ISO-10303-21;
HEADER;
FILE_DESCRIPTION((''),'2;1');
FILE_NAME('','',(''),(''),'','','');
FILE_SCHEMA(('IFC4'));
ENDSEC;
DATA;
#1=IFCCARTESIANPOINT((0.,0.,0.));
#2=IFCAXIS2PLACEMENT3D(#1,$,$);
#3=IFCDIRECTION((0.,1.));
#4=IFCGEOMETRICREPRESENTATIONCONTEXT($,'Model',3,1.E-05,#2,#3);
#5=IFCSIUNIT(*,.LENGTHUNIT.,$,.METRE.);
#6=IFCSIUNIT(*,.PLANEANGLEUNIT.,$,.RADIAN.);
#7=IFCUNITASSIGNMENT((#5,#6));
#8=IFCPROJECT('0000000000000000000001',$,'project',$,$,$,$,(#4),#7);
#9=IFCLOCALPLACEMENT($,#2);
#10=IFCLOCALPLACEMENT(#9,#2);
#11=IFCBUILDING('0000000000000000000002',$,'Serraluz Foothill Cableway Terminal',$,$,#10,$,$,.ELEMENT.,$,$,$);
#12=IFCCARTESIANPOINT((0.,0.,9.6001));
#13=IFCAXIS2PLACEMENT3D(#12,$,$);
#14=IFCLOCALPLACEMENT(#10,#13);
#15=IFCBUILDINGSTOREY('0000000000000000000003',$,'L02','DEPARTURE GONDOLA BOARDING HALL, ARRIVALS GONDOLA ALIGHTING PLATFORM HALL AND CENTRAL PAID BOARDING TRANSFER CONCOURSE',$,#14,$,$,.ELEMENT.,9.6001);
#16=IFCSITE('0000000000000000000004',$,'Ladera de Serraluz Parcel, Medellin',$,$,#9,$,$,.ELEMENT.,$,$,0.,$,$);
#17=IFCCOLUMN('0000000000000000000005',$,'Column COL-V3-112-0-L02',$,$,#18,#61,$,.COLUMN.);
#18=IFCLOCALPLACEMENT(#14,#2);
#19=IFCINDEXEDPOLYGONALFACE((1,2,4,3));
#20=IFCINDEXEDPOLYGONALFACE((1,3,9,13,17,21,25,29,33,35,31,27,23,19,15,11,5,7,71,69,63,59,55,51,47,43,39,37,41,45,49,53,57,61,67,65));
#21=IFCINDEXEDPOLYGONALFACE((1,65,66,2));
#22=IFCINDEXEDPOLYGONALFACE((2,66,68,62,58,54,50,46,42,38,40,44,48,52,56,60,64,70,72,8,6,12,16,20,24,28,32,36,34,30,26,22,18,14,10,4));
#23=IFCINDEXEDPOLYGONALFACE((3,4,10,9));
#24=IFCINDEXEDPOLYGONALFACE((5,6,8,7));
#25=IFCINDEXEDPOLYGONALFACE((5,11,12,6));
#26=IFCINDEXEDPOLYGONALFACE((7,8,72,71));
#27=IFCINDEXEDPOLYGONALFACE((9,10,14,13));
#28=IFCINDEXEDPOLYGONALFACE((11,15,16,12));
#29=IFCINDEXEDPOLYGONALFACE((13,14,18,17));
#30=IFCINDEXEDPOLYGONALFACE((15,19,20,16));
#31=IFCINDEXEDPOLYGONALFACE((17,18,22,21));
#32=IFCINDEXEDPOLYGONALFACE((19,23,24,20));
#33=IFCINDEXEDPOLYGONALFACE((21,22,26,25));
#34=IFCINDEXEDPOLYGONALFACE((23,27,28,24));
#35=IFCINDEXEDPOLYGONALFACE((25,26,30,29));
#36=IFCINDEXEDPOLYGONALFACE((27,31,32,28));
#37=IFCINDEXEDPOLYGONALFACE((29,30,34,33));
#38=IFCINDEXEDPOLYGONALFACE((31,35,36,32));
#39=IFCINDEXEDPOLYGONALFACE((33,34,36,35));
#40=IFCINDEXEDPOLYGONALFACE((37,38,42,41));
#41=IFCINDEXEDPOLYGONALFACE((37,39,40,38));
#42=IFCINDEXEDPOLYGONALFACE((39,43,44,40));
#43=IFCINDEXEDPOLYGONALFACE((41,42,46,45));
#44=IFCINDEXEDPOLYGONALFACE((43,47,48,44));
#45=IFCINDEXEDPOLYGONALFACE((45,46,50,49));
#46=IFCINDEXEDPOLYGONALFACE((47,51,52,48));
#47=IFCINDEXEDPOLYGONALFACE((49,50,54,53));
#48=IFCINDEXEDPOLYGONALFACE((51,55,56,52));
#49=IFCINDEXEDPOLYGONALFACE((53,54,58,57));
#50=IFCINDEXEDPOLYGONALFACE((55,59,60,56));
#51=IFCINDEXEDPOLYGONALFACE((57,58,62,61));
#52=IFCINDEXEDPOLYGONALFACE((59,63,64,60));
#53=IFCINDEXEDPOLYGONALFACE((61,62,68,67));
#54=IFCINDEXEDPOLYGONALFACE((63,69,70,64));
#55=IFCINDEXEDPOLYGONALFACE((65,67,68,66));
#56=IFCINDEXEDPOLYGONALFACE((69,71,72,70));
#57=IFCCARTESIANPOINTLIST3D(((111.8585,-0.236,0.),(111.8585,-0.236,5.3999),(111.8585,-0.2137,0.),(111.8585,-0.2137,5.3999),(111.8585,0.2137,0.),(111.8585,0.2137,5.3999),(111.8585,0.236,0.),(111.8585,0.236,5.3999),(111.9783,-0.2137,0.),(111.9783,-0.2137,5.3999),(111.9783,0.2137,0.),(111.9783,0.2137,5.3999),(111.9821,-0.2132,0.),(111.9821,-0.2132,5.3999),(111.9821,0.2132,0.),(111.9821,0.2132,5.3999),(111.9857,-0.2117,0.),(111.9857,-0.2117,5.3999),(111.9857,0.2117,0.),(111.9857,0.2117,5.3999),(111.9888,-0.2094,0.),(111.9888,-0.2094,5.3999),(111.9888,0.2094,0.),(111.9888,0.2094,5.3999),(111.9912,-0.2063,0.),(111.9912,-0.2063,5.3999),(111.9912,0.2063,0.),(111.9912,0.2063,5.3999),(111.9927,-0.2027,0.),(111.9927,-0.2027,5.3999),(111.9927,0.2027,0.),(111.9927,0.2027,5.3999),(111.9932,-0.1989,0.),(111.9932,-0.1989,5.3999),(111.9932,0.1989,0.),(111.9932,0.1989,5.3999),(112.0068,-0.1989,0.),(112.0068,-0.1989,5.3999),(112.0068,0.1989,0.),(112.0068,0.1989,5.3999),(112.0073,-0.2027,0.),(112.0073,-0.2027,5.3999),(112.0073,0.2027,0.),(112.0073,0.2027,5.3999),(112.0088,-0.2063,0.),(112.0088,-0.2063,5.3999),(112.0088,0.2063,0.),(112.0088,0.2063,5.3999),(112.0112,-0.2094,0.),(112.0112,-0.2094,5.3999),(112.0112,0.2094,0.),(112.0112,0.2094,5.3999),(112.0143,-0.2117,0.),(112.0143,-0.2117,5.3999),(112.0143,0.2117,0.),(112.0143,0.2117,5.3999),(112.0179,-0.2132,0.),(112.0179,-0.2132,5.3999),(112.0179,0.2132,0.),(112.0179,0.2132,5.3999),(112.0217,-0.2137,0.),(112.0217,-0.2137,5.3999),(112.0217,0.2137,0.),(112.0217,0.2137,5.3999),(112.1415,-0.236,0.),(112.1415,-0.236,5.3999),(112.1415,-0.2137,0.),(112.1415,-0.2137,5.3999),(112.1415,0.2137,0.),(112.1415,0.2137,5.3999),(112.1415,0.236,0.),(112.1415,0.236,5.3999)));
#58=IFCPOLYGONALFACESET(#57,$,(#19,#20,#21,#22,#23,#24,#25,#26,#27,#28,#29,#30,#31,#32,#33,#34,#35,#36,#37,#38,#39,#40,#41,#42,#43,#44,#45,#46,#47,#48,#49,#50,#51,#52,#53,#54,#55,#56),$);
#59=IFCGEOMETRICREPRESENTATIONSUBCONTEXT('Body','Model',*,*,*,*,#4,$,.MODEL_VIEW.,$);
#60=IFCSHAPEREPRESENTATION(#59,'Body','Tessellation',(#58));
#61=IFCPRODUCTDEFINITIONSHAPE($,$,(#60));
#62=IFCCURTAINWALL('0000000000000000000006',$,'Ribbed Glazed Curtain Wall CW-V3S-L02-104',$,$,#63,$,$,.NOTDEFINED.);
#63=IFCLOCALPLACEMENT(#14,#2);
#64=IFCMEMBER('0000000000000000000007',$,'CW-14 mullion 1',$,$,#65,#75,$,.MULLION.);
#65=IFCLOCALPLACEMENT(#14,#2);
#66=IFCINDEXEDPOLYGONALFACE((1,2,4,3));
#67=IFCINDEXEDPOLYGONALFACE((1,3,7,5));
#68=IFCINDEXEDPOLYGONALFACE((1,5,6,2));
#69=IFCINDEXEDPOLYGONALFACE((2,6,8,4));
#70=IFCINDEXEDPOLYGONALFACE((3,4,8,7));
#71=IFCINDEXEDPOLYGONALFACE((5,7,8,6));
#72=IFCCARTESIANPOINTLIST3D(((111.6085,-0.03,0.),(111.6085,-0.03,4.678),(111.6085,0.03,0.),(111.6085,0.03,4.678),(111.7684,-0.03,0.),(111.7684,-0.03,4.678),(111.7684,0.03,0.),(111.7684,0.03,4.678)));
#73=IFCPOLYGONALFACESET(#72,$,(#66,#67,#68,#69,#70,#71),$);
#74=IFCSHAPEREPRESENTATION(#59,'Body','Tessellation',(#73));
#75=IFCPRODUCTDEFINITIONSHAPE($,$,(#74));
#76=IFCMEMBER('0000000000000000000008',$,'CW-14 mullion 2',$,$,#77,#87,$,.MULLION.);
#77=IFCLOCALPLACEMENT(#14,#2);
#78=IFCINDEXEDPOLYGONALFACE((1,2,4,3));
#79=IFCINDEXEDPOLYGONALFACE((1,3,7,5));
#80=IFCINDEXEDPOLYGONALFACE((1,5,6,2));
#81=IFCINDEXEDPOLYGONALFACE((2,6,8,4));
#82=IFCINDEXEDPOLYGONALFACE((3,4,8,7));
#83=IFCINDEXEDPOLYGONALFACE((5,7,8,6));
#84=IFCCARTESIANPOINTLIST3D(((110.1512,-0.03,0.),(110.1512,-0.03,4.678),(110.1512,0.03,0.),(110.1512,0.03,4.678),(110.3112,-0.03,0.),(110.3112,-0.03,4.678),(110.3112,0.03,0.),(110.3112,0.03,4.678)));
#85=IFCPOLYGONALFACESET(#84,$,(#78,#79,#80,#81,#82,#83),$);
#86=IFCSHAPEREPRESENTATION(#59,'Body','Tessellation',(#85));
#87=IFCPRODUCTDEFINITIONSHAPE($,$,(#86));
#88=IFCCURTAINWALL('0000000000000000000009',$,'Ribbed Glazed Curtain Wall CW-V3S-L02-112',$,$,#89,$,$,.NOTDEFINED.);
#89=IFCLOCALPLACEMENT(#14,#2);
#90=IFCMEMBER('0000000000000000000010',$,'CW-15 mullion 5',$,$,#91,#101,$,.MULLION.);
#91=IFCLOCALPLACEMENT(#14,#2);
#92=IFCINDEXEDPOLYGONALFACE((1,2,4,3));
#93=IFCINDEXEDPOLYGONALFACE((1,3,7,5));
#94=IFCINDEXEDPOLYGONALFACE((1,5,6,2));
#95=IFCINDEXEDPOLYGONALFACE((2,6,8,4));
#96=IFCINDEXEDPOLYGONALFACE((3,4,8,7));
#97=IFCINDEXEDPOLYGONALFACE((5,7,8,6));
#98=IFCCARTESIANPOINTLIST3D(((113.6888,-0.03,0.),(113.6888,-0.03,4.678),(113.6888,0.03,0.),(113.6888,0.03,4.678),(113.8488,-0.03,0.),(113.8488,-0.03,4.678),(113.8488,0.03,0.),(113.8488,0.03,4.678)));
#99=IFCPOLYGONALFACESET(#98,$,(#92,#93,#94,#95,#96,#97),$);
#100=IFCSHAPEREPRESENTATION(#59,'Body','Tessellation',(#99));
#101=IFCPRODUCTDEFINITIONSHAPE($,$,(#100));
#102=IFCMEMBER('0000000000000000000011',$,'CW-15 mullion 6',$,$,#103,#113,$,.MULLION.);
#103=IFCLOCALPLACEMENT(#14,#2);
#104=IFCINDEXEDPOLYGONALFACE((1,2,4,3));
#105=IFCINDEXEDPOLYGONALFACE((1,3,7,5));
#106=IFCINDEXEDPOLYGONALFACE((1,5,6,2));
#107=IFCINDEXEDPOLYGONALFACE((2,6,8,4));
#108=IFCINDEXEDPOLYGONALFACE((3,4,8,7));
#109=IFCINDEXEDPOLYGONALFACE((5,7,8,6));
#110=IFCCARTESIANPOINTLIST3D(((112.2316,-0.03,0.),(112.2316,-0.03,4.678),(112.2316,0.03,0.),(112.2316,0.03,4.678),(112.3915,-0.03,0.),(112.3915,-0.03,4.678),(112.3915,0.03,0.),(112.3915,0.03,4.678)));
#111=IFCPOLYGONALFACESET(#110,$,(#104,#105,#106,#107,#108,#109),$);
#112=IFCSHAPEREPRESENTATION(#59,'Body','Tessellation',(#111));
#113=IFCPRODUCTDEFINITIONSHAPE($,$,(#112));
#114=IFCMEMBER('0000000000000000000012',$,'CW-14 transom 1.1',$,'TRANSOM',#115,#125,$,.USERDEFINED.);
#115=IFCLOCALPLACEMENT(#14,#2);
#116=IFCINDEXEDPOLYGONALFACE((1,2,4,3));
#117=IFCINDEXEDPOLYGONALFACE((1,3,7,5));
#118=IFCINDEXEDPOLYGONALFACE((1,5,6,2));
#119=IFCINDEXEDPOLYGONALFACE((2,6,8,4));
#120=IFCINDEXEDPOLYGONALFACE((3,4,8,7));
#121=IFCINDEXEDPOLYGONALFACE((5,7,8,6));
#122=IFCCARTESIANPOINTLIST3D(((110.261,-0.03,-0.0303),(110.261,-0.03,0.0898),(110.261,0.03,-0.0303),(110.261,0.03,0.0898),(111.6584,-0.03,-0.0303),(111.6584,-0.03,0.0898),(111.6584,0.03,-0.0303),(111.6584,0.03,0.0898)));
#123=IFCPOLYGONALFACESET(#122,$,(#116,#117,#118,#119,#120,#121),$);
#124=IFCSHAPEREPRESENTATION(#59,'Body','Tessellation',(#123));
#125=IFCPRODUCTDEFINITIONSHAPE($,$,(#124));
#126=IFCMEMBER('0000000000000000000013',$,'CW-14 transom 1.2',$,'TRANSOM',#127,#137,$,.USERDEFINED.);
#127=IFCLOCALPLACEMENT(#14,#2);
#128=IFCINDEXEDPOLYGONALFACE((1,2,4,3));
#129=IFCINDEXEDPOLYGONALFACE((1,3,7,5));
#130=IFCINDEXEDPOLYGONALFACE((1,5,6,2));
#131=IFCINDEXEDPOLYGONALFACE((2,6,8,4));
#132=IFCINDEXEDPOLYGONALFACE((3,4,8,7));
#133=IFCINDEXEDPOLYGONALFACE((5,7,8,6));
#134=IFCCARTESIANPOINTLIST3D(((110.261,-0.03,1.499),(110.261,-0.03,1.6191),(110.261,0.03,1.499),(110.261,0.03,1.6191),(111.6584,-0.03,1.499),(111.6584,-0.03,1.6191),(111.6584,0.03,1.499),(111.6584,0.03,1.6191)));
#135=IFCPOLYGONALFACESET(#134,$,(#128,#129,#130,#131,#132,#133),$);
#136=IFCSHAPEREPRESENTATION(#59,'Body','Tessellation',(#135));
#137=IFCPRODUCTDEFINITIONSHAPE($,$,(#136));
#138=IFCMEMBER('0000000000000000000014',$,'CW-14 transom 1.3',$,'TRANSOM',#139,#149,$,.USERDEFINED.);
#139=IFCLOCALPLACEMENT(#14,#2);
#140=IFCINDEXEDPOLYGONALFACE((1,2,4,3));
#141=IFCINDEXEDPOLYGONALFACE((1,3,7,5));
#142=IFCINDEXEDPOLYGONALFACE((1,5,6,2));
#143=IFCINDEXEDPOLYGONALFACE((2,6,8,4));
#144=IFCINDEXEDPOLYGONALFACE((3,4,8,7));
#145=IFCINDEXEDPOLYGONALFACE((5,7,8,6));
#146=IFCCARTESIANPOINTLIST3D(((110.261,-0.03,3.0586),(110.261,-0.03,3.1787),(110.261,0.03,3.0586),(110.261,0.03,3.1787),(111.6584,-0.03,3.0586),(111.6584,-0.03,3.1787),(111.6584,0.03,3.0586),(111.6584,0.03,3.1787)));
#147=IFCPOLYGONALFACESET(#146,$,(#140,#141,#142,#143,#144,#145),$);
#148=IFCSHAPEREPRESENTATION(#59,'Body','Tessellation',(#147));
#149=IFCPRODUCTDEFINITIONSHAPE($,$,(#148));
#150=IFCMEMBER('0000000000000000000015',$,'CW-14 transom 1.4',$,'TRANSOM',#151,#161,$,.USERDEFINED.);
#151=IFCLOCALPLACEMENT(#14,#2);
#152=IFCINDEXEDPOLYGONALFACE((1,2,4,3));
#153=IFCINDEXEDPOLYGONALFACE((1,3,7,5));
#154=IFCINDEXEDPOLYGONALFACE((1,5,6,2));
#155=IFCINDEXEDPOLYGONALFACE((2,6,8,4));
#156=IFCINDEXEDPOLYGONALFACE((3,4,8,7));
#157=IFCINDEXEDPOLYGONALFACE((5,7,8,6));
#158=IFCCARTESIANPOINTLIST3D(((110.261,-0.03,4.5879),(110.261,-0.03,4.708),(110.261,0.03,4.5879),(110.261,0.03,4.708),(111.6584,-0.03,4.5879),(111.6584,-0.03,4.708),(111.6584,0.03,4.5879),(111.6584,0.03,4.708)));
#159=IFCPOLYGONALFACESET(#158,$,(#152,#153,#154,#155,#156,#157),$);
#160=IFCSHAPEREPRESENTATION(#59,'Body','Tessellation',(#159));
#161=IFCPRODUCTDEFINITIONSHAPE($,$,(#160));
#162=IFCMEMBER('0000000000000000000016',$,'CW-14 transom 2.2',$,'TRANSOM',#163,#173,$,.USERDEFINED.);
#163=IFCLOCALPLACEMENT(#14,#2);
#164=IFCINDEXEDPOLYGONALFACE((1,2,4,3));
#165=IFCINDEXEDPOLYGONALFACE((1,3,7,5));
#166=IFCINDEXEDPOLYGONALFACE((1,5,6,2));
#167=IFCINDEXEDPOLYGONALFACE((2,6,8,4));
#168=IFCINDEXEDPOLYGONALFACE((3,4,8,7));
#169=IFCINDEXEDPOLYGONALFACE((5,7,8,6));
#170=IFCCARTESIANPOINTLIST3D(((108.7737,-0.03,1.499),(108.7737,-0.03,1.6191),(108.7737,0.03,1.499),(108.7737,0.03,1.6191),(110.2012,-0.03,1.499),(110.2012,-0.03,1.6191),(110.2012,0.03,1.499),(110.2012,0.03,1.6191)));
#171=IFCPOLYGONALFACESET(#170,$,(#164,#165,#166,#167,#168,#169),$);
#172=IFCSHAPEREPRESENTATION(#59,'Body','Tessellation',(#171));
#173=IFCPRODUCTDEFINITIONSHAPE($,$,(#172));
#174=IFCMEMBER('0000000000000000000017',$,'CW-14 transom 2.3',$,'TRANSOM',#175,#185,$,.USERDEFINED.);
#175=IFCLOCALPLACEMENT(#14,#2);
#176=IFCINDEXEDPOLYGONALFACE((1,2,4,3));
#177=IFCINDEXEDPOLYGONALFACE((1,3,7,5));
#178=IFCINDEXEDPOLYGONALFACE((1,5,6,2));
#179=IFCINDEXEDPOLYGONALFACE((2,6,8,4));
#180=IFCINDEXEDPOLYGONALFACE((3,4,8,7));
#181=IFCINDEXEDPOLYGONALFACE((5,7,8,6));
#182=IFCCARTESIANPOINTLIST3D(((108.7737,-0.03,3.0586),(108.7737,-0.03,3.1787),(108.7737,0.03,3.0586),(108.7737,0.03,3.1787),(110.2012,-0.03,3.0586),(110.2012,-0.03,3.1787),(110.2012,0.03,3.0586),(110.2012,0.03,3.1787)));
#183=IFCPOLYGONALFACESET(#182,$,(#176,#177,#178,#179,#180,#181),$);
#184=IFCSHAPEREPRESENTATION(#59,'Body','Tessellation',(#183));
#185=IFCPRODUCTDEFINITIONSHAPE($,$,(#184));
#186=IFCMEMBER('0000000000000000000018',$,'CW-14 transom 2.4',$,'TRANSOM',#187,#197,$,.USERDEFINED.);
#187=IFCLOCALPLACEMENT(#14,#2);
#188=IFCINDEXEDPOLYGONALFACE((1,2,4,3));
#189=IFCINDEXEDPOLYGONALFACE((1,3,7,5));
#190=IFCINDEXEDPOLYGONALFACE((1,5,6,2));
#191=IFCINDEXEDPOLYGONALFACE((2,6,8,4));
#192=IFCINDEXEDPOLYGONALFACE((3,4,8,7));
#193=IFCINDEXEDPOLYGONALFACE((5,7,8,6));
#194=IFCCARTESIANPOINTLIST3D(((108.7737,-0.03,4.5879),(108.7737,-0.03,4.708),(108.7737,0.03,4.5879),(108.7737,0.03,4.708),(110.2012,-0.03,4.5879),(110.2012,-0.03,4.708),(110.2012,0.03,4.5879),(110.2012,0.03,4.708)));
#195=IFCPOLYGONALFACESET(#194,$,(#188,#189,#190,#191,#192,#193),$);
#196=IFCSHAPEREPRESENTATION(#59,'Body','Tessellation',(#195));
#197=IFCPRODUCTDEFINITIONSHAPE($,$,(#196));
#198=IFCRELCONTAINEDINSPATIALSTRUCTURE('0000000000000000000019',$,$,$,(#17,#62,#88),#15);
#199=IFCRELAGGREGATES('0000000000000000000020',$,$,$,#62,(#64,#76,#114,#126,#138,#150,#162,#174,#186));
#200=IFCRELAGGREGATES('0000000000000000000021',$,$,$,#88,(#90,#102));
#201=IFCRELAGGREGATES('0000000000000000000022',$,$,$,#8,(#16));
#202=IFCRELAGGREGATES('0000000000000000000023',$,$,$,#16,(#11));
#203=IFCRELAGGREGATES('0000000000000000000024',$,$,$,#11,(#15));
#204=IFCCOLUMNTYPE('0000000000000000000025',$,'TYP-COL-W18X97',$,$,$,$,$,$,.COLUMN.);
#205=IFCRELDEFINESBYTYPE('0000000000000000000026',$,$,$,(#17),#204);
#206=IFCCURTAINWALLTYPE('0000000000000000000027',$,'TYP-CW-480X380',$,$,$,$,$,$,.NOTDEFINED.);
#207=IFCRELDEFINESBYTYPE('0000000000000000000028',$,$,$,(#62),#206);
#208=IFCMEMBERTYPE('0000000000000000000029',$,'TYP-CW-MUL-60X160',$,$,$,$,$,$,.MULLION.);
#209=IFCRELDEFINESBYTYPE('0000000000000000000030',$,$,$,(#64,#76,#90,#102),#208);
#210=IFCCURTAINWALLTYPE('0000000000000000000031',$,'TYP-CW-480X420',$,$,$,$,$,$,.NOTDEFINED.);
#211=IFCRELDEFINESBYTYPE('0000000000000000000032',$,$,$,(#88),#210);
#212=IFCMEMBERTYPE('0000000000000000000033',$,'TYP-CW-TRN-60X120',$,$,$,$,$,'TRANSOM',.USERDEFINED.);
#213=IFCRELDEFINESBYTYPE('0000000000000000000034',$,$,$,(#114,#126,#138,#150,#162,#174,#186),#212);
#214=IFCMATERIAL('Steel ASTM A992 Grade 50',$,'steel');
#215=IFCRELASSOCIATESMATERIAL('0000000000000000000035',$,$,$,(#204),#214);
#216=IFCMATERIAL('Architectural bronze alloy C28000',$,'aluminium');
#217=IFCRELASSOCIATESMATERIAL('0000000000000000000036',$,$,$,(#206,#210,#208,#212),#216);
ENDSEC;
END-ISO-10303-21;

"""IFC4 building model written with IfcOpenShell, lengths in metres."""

from ifc_helpers import new_model, si_unit, direction, frame, origin, origin_2d, place, context, subcontext, project, spatial, rectangle, i_section, extrude, material, material_profile, profile_set, type_object, element, aggregate, save


model = new_model("IFC4")

# Units and contexts
model_context = context("Model", 3, precision=1e-05, world=origin(), true_north=direction((0.0, 1.0)))
body_context = subcontext(model_context, "Body", "Model", "MODEL_VIEW")
ifc_project = project(units=[si_unit("LENGTHUNIT", "METRE"), si_unit("PLANEANGLEUNIT", "RADIAN")], contexts=[model_context])

# Site, building, storey
site_placement = place(None, origin())
site = spatial("IfcSite", under=ifc_project, at=site_placement, Name="Ladera de Serraluz Parcel, Medellin", CompositionType="ELEMENT", RefElevation=0.0)
building_placement = place(site_placement, origin())
building = spatial("IfcBuilding", under=site, at=building_placement, Name="Serraluz Foothill Cableway Terminal", CompositionType="ELEMENT")
storey_placement = place(building_placement, frame((0.0, 0.0, 9.6001)))
storey = spatial("IfcBuildingStorey", under=building, at=storey_placement, Name="L02", Description="DEPARTURE GONDOLA BOARDING HALL, ARRIVALS GONDOLA ALIGHTING PLATFORM HALL AND CENTRAL PAID BOARDING TRANSFER CONCOURSE", CompositionType="ELEMENT", Elevation=9.6001)

# Column
ifc_material_1 = material(Name="Steel ASTM A992 Grade 50", Category="steel")
ifc_material_profile_1 = material_profile(ifc_material_1, i_section(OverallWidth=0.283, OverallDepth=0.4719, WebThickness=0.0137, FlangeThickness=0.0222, FilletRadius=0.0149, at=origin_2d()), Name="W18X97")
ifc_profile_set_1 = profile_set([ifc_material_profile_1], Name="Steel ASTM A992 Grade 50")
column_type = type_object("IfcColumnType", Name="TYP-COL-W18X97", PredefinedType="COLUMN", material=ifc_profile_set_1)
column_placement = place(storey_placement, frame((112.0, 0.0, 0.0), z_axis=(0.0, 0.0, 1.0), x_axis=(1.0, 0.0, 0.0)))
element("IfcColumn", 1, at=column_placement, inside=storey, type_object=column_type, Name="Column COL-V3-112-0-L02", PredefinedType="COLUMN", context=body_context, shape_type="SweptSolid", body=[
    extrude(i_section(OverallWidth=0.283, OverallDepth=0.4719, WebThickness=0.0137, FlangeThickness=0.0222, FilletRadius=0.0149, at=origin_2d()), origin(), (0.0, 0.0, 1.0), 5.3999),
])

# Curtain walls, members
ifc_material_2 = material(Name="Architectural bronze alloy C28000", Category="aluminium")
curtain_wall_type_1 = type_object("IfcCurtainWallType", Name="TYP-CW-480X380", PredefinedType="NOTDEFINED", material=ifc_material_2)
curtain_wall_1_placement = place(storey_placement, origin())
curtain_wall_1 = element("IfcCurtainWall", 2, at=curtain_wall_1_placement, inside=storey, type_object=curtain_wall_type_1, Name="Ribbed Glazed Curtain Wall CW-V3S-L02-104", PredefinedType="NOTDEFINED")
ifc_material_profile_2 = material_profile(ifc_material_2, rectangle(XDim=0.0601, YDim=0.1599, at=origin_2d()), Name="ALU MULLION 60x160")
ifc_profile_set_2 = profile_set([ifc_material_profile_2], Name="Architectural bronze alloy C28000")
member_type_1 = type_object("IfcMemberType", Name="TYP-CW-MUL-60X160", PredefinedType="MULLION", material=ifc_profile_set_2)
member_1_placement = place(storey_placement, frame((111.6885, 0.0, 0.0), z_axis=(0.0, 0.0, 1.0), x_axis=(0.0, -1.0, 0.0)))
member_1 = element("IfcMember", 3, at=member_1_placement, type_object=member_type_1, Name="CW-14 mullion 1", PredefinedType="MULLION", context=body_context, shape_type="SweptSolid", body=[
    extrude(rectangle(XDim=0.0601, YDim=0.1599, at=origin_2d()), origin(), (0.0, 0.0, 1.0), 4.678),
])
member_2_placement = place(storey_placement, frame((110.2312, 0.0, 0.0), z_axis=(0.0, 0.0, 1.0), x_axis=(0.0, -1.0, 0.0)))
member_2 = element("IfcMember", 4, at=member_2_placement, type_object=member_type_1, Name="CW-14 mullion 2", PredefinedType="MULLION", context=body_context, shape_type="SweptSolid", body=[
    extrude(rectangle(XDim=0.0601, YDim=0.1599, at=origin_2d()), origin(), (0.0, 0.0, 1.0), 4.678),
])
curtain_wall_type_2 = type_object("IfcCurtainWallType", Name="TYP-CW-480X420", PredefinedType="NOTDEFINED", material=ifc_material_2)
curtain_wall_2_placement = place(storey_placement, origin())
curtain_wall_2 = element("IfcCurtainWall", 5, at=curtain_wall_2_placement, inside=storey, type_object=curtain_wall_type_2, Name="Ribbed Glazed Curtain Wall CW-V3S-L02-112", PredefinedType="NOTDEFINED")
member_3_placement = place(storey_placement, frame((113.7688, 0.0, 0.0), z_axis=(0.0, 0.0, 1.0), x_axis=(0.0, -1.0, 0.0)))
member_3 = element("IfcMember", 6, at=member_3_placement, type_object=member_type_1, Name="CW-15 mullion 5", PredefinedType="MULLION", context=body_context, shape_type="SweptSolid", body=[
    extrude(rectangle(XDim=0.0601, YDim=0.1599, at=origin_2d()), origin(), (0.0, 0.0, 1.0), 4.678),
])
member_4_placement = place(storey_placement, frame((112.3115, 0.0, 0.0), z_axis=(0.0, 0.0, 1.0), x_axis=(0.0, -1.0, 0.0)))
member_4 = element("IfcMember", 7, at=member_4_placement, type_object=member_type_1, Name="CW-15 mullion 6", PredefinedType="MULLION", context=body_context, shape_type="SweptSolid", body=[
    extrude(rectangle(XDim=0.0601, YDim=0.1599, at=origin_2d()), origin(), (0.0, 0.0, 1.0), 4.678),
])

# Members
ifc_material_profile_3 = material_profile(ifc_material_2, rectangle(XDim=0.0601, YDim=0.1201, at=origin_2d()), Name="ALU TRANSOM 60x120")
ifc_profile_set_3 = profile_set([ifc_material_profile_3], Name="Architectural bronze alloy C28000")
member_type_2 = type_object("IfcMemberType", Name="TYP-CW-TRN-60X120", ElementType="TRANSOM", PredefinedType="USERDEFINED", material=ifc_profile_set_3)
member_5_placement = place(storey_placement, frame((111.6584, 0.0, 0.0298), z_axis=(-1.0, 0.0, 0.0), x_axis=(0.0, -1.0, 0.0)))
member_5 = element("IfcMember", 8, at=member_5_placement, type_object=member_type_2, Name="CW-14 transom 1.1", ObjectType="TRANSOM", PredefinedType="USERDEFINED", context=body_context, shape_type="SweptSolid", body=[
    extrude(rectangle(XDim=0.0601, YDim=0.1201, at=origin_2d()), origin(), (0.0, 0.0, 1.0), 1.3975),
])
member_6_placement = place(storey_placement, frame((111.6584, 0.0, 1.5591), z_axis=(-1.0, 0.0, 0.0), x_axis=(0.0, -1.0, 0.0)))
member_6 = element("IfcMember", 9, at=member_6_placement, type_object=member_type_2, Name="CW-14 transom 1.2", ObjectType="TRANSOM", PredefinedType="USERDEFINED", context=body_context, shape_type="SweptSolid", body=[
    extrude(rectangle(XDim=0.0601, YDim=0.1201, at=origin_2d()), origin(), (0.0, 0.0, 1.0), 1.3975),
])
member_7_placement = place(storey_placement, frame((111.6584, 0.0, 3.1187), z_axis=(-1.0, 0.0, 0.0), x_axis=(0.0, -1.0, 0.0)))
member_7 = element("IfcMember", 10, at=member_7_placement, type_object=member_type_2, Name="CW-14 transom 1.3", ObjectType="TRANSOM", PredefinedType="USERDEFINED", context=body_context, shape_type="SweptSolid", body=[
    extrude(rectangle(XDim=0.0601, YDim=0.1201, at=origin_2d()), origin(), (0.0, 0.0, 1.0), 1.3975),
])
member_8_placement = place(storey_placement, frame((111.6584, 0.0, 4.6479), z_axis=(-1.0, 0.0, 0.0), x_axis=(0.0, -1.0, 0.0)))
member_8 = element("IfcMember", 11, at=member_8_placement, type_object=member_type_2, Name="CW-14 transom 1.4", ObjectType="TRANSOM", PredefinedType="USERDEFINED", context=body_context, shape_type="SweptSolid", body=[
    extrude(rectangle(XDim=0.0601, YDim=0.1201, at=origin_2d()), origin(), (0.0, 0.0, 1.0), 1.3975),
])
member_9_placement = place(storey_placement, frame((110.2012, 0.0, 1.5591), z_axis=(-1.0, 0.0, 0.0), x_axis=(0.0, -1.0, 0.0)))
member_9 = element("IfcMember", 12, at=member_9_placement, type_object=member_type_2, Name="CW-14 transom 2.2", ObjectType="TRANSOM", PredefinedType="USERDEFINED", context=body_context, shape_type="SweptSolid", body=[
    extrude(rectangle(XDim=0.0601, YDim=0.1201, at=origin_2d()), origin(), (0.0, 0.0, 1.0), 1.4275),
])
member_10_placement = place(storey_placement, frame((110.2012, 0.0, 3.1187), z_axis=(-1.0, 0.0, 0.0), x_axis=(0.0, -1.0, 0.0)))
member_10 = element("IfcMember", 13, at=member_10_placement, type_object=member_type_2, Name="CW-14 transom 2.3", ObjectType="TRANSOM", PredefinedType="USERDEFINED", context=body_context, shape_type="SweptSolid", body=[
    extrude(rectangle(XDim=0.0601, YDim=0.1201, at=origin_2d()), origin(), (0.0, 0.0, 1.0), 1.4275),
])
member_11_placement = place(storey_placement, frame((110.2012, 0.0, 4.6479), z_axis=(-1.0, 0.0, 0.0), x_axis=(0.0, -1.0, 0.0)))
member_11 = element("IfcMember", 14, at=member_11_placement, type_object=member_type_2, Name="CW-14 transom 2.4", ObjectType="TRANSOM", PredefinedType="USERDEFINED", context=body_context, shape_type="SweptSolid", body=[
    extrude(rectangle(XDim=0.0601, YDim=0.1201, at=origin_2d()), origin(), (0.0, 0.0, 1.0), 1.4275),
])

aggregate(curtain_wall_1, [member_1, member_2, member_5, member_6, member_7, member_8, member_9, member_10, member_11])
aggregate(curtain_wall_2, [member_3, member_4])

save(model, "model.ifc")
